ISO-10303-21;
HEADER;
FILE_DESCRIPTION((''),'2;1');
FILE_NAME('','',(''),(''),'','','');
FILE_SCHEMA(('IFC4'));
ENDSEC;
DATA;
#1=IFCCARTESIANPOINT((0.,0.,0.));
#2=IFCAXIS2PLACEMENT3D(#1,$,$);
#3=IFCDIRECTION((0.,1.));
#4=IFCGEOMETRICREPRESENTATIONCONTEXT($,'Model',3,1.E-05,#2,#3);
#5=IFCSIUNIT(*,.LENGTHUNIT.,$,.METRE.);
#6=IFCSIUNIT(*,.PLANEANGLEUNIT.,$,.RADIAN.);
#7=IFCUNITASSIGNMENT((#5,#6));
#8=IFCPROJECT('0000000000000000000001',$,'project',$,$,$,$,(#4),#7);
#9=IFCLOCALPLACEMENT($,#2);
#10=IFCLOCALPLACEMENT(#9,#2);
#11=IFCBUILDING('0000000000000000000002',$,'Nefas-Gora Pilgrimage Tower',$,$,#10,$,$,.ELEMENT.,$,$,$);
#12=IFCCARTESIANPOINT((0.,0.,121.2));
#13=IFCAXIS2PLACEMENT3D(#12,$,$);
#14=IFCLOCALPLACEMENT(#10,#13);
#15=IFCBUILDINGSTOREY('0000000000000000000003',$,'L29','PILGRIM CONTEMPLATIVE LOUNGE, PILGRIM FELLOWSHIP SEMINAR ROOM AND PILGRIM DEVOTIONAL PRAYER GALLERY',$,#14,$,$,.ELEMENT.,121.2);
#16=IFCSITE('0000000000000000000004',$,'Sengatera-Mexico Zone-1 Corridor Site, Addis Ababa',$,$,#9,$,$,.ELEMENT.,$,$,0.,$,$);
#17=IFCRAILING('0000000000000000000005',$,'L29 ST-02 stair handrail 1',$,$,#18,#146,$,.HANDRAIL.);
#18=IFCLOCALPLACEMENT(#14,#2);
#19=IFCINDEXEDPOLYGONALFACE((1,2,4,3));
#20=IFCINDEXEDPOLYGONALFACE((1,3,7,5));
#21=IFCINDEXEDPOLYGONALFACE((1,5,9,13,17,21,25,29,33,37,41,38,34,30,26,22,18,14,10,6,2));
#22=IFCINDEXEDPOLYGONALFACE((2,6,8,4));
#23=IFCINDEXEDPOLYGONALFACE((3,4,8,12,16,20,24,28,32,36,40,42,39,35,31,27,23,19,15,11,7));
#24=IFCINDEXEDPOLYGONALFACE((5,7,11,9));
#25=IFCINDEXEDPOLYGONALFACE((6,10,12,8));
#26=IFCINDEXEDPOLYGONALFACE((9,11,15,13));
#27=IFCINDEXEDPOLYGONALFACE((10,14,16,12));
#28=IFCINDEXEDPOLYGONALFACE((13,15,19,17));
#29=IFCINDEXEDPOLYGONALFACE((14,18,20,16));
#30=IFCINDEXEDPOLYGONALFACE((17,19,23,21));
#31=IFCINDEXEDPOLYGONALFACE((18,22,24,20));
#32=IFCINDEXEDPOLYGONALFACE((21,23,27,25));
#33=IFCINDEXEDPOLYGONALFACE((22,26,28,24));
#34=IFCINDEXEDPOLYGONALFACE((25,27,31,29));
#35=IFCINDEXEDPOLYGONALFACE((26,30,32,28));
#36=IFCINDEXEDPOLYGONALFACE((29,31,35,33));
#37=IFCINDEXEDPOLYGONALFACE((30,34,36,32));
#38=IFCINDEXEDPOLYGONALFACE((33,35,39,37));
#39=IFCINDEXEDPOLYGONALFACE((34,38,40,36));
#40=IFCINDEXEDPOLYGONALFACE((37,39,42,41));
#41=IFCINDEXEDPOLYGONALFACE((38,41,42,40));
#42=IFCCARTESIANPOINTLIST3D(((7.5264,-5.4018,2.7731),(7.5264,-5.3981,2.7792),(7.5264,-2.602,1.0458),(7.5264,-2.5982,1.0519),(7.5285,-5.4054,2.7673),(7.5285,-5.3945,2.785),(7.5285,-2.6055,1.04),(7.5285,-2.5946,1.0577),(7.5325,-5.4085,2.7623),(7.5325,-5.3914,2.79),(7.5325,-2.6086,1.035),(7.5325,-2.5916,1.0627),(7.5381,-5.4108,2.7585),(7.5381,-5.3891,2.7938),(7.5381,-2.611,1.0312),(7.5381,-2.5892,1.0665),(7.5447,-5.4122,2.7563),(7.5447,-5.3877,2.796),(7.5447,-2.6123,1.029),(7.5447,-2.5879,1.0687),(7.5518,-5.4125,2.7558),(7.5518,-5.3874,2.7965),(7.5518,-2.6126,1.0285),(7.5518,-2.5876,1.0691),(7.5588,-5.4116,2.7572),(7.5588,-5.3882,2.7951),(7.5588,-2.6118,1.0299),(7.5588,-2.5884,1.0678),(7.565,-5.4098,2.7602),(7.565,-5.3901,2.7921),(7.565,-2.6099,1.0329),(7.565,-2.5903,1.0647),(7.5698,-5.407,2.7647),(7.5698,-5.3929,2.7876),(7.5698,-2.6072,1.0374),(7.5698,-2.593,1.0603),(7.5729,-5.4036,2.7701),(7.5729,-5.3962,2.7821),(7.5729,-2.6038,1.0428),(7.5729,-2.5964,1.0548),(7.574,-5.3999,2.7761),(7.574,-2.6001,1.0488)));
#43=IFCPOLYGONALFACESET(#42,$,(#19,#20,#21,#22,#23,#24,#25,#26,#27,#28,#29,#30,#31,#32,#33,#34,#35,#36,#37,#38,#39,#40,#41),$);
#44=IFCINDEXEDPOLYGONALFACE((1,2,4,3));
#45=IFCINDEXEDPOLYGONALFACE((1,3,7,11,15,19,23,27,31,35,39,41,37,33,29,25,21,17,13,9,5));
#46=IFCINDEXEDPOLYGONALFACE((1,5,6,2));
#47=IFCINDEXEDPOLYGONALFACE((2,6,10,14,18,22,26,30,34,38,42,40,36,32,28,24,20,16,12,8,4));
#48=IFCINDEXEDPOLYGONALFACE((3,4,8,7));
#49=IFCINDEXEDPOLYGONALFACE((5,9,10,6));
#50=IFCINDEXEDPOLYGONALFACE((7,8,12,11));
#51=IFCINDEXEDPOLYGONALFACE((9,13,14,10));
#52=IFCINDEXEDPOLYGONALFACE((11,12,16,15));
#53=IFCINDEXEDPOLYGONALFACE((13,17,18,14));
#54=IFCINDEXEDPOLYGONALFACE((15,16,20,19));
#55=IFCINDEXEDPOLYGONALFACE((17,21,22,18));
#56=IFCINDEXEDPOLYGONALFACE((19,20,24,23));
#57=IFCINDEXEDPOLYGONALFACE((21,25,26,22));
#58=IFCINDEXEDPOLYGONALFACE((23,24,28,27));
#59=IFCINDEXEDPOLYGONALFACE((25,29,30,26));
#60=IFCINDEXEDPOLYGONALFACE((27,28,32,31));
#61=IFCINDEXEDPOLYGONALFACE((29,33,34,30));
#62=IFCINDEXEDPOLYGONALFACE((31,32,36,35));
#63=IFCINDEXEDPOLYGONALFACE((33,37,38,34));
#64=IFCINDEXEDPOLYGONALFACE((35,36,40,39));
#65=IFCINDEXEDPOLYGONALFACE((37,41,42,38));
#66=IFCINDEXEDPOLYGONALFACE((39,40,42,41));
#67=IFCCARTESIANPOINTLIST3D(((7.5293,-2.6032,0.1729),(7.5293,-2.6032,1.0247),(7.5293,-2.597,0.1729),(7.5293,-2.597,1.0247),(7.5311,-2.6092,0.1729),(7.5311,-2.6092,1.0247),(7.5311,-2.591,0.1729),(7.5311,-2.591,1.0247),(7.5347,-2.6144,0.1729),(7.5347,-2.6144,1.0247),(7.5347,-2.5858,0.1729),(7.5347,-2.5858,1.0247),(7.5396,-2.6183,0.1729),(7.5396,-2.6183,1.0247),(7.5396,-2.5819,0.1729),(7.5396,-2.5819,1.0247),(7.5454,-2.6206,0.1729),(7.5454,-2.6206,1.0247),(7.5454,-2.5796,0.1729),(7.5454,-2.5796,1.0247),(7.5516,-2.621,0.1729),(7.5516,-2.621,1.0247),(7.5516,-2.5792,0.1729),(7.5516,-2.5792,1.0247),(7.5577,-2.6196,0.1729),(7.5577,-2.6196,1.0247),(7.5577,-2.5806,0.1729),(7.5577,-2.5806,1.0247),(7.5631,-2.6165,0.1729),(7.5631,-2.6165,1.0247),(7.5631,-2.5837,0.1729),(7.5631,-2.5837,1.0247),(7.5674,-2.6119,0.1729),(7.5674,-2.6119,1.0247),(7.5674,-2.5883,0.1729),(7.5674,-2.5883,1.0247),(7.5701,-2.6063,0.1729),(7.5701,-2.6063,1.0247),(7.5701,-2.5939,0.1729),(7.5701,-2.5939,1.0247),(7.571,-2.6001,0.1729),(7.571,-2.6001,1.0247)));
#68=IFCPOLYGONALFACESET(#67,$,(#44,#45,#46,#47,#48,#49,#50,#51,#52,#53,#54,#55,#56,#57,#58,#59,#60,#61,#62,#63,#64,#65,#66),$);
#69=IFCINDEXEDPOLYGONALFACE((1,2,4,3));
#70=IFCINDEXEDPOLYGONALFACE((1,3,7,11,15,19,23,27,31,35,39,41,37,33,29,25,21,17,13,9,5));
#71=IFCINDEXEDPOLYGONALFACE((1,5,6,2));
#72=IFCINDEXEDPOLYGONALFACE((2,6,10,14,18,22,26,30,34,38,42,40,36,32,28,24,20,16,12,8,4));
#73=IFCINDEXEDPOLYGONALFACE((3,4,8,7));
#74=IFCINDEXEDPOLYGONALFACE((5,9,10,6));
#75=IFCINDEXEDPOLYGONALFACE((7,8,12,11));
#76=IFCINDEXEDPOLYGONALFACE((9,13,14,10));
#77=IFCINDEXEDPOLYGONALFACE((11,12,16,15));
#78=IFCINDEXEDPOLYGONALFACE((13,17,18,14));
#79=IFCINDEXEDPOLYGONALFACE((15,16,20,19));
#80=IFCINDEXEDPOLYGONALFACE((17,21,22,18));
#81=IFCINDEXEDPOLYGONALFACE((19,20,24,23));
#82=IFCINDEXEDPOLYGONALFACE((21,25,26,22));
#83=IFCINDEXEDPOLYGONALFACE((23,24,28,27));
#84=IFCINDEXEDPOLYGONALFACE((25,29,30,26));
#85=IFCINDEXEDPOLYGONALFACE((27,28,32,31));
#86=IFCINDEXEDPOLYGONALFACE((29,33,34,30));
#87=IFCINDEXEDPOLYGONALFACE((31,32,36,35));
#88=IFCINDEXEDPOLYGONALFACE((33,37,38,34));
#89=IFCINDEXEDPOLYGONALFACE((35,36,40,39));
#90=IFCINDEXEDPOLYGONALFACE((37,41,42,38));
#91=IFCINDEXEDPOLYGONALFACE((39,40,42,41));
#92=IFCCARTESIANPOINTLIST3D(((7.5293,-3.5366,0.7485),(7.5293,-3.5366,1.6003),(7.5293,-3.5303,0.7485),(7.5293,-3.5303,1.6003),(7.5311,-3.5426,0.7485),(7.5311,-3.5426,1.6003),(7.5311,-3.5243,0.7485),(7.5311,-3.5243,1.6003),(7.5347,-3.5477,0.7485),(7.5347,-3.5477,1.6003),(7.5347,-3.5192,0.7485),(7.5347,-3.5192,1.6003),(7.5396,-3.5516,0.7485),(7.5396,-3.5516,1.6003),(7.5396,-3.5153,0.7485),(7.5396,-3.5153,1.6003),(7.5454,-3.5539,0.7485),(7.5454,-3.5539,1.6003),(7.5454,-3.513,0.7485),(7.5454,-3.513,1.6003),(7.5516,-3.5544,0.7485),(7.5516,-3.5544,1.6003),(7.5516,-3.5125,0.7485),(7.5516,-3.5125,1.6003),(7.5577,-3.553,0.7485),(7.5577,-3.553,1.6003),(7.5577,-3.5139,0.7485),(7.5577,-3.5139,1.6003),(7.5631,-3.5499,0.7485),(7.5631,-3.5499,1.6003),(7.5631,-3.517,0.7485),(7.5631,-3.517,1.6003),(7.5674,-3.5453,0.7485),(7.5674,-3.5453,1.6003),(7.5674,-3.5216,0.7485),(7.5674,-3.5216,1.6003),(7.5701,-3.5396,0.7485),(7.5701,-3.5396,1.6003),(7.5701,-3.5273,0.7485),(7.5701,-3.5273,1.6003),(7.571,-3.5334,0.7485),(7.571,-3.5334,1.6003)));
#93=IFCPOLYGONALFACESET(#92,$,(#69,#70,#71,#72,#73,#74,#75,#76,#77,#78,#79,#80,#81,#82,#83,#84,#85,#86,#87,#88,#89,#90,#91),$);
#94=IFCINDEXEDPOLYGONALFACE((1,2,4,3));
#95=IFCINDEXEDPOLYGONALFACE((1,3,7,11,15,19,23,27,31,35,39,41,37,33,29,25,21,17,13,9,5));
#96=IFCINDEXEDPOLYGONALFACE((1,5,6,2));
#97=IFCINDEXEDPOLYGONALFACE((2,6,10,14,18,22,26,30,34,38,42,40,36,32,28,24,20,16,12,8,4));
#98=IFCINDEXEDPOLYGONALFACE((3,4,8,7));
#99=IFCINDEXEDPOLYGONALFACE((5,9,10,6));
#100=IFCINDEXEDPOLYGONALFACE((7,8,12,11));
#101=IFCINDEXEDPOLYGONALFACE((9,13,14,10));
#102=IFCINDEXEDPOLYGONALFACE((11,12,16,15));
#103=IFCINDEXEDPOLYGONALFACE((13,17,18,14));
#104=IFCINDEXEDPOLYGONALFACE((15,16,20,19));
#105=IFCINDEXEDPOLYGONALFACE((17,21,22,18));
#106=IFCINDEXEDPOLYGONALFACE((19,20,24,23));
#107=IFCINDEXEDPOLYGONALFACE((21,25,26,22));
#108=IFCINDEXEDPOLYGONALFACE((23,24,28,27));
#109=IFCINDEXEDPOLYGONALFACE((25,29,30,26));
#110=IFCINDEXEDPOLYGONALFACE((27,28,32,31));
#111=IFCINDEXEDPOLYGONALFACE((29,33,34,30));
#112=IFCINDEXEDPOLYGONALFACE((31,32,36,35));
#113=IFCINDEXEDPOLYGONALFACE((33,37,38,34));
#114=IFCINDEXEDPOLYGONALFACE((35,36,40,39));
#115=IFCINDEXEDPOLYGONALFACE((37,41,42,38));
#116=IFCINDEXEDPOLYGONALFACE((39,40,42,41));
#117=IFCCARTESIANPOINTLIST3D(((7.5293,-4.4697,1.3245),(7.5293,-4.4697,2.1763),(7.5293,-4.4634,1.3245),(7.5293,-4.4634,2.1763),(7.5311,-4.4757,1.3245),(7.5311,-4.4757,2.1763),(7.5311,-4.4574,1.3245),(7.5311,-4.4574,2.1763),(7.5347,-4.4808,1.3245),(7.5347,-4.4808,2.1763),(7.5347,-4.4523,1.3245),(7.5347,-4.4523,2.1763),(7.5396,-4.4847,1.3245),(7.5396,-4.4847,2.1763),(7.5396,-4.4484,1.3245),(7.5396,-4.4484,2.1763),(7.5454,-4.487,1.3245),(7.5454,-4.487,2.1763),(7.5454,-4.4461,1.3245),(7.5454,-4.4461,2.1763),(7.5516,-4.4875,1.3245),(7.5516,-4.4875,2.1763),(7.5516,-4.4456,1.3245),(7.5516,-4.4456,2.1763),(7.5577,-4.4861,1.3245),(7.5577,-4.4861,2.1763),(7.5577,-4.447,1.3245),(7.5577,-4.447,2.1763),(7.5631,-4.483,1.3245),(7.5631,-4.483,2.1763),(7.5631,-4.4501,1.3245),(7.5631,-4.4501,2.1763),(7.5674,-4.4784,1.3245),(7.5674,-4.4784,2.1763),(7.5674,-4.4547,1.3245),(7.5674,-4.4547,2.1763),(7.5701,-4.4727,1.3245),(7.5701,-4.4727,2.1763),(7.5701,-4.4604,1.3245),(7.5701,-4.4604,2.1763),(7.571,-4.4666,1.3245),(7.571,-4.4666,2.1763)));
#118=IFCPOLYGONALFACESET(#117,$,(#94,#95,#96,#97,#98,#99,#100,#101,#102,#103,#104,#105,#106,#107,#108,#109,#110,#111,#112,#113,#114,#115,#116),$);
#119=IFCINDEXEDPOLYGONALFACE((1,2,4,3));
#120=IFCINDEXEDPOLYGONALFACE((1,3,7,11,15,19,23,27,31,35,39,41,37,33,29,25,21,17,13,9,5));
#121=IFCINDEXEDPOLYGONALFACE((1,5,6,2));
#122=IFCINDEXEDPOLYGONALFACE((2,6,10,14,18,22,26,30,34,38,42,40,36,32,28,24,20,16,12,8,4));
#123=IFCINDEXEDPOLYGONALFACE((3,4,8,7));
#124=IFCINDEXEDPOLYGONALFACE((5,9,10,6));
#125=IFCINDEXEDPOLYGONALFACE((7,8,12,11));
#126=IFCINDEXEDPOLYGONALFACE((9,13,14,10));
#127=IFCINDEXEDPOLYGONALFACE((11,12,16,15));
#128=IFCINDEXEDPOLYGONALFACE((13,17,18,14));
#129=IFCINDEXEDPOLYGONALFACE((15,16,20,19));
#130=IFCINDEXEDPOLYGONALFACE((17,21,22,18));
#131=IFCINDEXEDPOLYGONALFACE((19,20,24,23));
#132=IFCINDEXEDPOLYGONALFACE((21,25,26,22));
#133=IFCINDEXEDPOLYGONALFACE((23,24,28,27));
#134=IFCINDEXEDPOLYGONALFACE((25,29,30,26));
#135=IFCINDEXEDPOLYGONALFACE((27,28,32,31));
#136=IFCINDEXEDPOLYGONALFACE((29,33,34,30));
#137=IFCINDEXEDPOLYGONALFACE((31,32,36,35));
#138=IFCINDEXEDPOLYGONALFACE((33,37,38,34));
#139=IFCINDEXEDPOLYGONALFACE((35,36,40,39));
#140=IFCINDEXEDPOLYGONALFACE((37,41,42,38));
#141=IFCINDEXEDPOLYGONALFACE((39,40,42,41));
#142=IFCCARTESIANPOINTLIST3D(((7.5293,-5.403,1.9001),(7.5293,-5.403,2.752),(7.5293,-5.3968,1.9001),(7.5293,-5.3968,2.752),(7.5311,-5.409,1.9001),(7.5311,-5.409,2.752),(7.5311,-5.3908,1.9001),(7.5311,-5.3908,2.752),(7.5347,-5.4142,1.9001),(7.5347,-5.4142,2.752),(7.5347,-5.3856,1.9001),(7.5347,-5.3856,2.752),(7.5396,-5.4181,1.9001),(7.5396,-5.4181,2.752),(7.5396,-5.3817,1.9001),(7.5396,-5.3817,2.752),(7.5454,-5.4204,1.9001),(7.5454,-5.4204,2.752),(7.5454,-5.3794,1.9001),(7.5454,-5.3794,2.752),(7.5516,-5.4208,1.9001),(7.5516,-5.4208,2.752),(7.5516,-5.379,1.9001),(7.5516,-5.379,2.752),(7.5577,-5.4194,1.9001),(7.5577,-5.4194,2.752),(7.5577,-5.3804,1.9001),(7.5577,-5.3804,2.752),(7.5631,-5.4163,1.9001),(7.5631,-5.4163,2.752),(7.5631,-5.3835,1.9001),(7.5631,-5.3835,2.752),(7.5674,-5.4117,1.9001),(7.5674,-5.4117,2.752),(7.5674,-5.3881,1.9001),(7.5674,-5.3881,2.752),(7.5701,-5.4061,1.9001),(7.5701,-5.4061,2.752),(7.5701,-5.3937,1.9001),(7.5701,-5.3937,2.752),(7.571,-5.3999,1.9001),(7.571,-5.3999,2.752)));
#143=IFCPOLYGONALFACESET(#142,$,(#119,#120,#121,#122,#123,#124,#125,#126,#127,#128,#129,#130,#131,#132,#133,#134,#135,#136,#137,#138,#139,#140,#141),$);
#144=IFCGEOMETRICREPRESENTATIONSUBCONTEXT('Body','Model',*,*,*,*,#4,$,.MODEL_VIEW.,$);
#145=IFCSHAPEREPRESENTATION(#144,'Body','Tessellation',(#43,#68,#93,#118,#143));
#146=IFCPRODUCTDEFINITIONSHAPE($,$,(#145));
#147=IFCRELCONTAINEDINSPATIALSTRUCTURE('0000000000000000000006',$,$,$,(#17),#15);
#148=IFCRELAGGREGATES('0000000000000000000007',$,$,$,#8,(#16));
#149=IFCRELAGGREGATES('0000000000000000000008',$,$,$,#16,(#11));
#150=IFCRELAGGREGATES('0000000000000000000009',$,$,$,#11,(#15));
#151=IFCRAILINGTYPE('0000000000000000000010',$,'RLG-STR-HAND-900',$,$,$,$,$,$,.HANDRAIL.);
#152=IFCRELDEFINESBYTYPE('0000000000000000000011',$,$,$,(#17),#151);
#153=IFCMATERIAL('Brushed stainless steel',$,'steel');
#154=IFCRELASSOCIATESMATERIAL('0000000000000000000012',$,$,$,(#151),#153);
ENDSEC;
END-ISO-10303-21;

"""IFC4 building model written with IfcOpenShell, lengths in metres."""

from ifc_helpers import new_model, si_unit, direction, frame, origin, origin_2d, place, context, subcontext, project, spatial, circle, extrude, material, type_object, element, save


model = new_model("IFC4")

# Units and contexts
model_context = context("Model", 3, precision=1e-05, world=origin(), true_north=direction((0.0, 1.0)))
body_context = subcontext(model_context, "Body", "Model", "MODEL_VIEW")
ifc_project = project(units=[si_unit("LENGTHUNIT", "METRE"), si_unit("PLANEANGLEUNIT", "RADIAN")], contexts=[model_context])

# Site, building, storey
site_placement = place(None, origin())
site = spatial("IfcSite", under=ifc_project, at=site_placement, Name="Sengatera-Mexico Zone-1 Corridor Site, Addis Ababa", CompositionType="ELEMENT", RefElevation=0.0)
building_placement = place(site_placement, origin())
building = spatial("IfcBuilding", under=site, at=building_placement, Name="Nefas-Gora Pilgrimage Tower", CompositionType="ELEMENT")
storey_placement = place(building_placement, frame((0.0, 0.0, 121.2)))
storey = spatial("IfcBuildingStorey", under=building, at=storey_placement, Name="L29", Description="PILGRIM CONTEMPLATIVE LOUNGE, PILGRIM FELLOWSHIP SEMINAR ROOM AND PILGRIM DEVOTIONAL PRAYER GALLERY", CompositionType="ELEMENT", Elevation=121.2)

# Railing
ifc_material_1 = material(Name="Brushed stainless steel", Category="steel")
railing_type_1 = type_object("IfcRailingType", Name="RLG-STR-HAND-900", PredefinedType="HANDRAIL", material=ifc_material_1)
railing_1_placement = place(storey_placement, frame((7.55, -2.6001, 0.1729)))
element("IfcRailing", 1, at=railing_1_placement, inside=storey, type_object=railing_type_1, Name="L29 ST-02 stair handrail 1", PredefinedType="HANDRAIL", context=body_context, shape_type="SweptSolid", body=[
    extrude(circle(Radius=0.0239, at=origin_2d()), frame((0.0, 0.0, 0.876), z_axis=(0.0, -0.851069, 0.525054), x_axis=(1.0, 0.0, 0.0)), (0.0, 0.0, 1.0), 3.2898),
    extrude(circle(Radius=0.021, at=origin_2d()), origin(), (0.0, 0.0, 1.0), 0.8518),
    extrude(circle(Radius=0.021, at=origin_2d()), frame((0.0, -0.9333, 0.5757)), (0.0, 0.0, 1.0), 0.8518),
    extrude(circle(Radius=0.021, at=origin_2d()), frame((0.0, -1.8665, 1.1516)), (0.0, 0.0, 1.0), 0.8518),
    extrude(circle(Radius=0.021, at=origin_2d()), frame((0.0, -2.7998, 1.7273)), (0.0, 0.0, 1.0), 0.8518),
])

save(model, "model.ifc")
